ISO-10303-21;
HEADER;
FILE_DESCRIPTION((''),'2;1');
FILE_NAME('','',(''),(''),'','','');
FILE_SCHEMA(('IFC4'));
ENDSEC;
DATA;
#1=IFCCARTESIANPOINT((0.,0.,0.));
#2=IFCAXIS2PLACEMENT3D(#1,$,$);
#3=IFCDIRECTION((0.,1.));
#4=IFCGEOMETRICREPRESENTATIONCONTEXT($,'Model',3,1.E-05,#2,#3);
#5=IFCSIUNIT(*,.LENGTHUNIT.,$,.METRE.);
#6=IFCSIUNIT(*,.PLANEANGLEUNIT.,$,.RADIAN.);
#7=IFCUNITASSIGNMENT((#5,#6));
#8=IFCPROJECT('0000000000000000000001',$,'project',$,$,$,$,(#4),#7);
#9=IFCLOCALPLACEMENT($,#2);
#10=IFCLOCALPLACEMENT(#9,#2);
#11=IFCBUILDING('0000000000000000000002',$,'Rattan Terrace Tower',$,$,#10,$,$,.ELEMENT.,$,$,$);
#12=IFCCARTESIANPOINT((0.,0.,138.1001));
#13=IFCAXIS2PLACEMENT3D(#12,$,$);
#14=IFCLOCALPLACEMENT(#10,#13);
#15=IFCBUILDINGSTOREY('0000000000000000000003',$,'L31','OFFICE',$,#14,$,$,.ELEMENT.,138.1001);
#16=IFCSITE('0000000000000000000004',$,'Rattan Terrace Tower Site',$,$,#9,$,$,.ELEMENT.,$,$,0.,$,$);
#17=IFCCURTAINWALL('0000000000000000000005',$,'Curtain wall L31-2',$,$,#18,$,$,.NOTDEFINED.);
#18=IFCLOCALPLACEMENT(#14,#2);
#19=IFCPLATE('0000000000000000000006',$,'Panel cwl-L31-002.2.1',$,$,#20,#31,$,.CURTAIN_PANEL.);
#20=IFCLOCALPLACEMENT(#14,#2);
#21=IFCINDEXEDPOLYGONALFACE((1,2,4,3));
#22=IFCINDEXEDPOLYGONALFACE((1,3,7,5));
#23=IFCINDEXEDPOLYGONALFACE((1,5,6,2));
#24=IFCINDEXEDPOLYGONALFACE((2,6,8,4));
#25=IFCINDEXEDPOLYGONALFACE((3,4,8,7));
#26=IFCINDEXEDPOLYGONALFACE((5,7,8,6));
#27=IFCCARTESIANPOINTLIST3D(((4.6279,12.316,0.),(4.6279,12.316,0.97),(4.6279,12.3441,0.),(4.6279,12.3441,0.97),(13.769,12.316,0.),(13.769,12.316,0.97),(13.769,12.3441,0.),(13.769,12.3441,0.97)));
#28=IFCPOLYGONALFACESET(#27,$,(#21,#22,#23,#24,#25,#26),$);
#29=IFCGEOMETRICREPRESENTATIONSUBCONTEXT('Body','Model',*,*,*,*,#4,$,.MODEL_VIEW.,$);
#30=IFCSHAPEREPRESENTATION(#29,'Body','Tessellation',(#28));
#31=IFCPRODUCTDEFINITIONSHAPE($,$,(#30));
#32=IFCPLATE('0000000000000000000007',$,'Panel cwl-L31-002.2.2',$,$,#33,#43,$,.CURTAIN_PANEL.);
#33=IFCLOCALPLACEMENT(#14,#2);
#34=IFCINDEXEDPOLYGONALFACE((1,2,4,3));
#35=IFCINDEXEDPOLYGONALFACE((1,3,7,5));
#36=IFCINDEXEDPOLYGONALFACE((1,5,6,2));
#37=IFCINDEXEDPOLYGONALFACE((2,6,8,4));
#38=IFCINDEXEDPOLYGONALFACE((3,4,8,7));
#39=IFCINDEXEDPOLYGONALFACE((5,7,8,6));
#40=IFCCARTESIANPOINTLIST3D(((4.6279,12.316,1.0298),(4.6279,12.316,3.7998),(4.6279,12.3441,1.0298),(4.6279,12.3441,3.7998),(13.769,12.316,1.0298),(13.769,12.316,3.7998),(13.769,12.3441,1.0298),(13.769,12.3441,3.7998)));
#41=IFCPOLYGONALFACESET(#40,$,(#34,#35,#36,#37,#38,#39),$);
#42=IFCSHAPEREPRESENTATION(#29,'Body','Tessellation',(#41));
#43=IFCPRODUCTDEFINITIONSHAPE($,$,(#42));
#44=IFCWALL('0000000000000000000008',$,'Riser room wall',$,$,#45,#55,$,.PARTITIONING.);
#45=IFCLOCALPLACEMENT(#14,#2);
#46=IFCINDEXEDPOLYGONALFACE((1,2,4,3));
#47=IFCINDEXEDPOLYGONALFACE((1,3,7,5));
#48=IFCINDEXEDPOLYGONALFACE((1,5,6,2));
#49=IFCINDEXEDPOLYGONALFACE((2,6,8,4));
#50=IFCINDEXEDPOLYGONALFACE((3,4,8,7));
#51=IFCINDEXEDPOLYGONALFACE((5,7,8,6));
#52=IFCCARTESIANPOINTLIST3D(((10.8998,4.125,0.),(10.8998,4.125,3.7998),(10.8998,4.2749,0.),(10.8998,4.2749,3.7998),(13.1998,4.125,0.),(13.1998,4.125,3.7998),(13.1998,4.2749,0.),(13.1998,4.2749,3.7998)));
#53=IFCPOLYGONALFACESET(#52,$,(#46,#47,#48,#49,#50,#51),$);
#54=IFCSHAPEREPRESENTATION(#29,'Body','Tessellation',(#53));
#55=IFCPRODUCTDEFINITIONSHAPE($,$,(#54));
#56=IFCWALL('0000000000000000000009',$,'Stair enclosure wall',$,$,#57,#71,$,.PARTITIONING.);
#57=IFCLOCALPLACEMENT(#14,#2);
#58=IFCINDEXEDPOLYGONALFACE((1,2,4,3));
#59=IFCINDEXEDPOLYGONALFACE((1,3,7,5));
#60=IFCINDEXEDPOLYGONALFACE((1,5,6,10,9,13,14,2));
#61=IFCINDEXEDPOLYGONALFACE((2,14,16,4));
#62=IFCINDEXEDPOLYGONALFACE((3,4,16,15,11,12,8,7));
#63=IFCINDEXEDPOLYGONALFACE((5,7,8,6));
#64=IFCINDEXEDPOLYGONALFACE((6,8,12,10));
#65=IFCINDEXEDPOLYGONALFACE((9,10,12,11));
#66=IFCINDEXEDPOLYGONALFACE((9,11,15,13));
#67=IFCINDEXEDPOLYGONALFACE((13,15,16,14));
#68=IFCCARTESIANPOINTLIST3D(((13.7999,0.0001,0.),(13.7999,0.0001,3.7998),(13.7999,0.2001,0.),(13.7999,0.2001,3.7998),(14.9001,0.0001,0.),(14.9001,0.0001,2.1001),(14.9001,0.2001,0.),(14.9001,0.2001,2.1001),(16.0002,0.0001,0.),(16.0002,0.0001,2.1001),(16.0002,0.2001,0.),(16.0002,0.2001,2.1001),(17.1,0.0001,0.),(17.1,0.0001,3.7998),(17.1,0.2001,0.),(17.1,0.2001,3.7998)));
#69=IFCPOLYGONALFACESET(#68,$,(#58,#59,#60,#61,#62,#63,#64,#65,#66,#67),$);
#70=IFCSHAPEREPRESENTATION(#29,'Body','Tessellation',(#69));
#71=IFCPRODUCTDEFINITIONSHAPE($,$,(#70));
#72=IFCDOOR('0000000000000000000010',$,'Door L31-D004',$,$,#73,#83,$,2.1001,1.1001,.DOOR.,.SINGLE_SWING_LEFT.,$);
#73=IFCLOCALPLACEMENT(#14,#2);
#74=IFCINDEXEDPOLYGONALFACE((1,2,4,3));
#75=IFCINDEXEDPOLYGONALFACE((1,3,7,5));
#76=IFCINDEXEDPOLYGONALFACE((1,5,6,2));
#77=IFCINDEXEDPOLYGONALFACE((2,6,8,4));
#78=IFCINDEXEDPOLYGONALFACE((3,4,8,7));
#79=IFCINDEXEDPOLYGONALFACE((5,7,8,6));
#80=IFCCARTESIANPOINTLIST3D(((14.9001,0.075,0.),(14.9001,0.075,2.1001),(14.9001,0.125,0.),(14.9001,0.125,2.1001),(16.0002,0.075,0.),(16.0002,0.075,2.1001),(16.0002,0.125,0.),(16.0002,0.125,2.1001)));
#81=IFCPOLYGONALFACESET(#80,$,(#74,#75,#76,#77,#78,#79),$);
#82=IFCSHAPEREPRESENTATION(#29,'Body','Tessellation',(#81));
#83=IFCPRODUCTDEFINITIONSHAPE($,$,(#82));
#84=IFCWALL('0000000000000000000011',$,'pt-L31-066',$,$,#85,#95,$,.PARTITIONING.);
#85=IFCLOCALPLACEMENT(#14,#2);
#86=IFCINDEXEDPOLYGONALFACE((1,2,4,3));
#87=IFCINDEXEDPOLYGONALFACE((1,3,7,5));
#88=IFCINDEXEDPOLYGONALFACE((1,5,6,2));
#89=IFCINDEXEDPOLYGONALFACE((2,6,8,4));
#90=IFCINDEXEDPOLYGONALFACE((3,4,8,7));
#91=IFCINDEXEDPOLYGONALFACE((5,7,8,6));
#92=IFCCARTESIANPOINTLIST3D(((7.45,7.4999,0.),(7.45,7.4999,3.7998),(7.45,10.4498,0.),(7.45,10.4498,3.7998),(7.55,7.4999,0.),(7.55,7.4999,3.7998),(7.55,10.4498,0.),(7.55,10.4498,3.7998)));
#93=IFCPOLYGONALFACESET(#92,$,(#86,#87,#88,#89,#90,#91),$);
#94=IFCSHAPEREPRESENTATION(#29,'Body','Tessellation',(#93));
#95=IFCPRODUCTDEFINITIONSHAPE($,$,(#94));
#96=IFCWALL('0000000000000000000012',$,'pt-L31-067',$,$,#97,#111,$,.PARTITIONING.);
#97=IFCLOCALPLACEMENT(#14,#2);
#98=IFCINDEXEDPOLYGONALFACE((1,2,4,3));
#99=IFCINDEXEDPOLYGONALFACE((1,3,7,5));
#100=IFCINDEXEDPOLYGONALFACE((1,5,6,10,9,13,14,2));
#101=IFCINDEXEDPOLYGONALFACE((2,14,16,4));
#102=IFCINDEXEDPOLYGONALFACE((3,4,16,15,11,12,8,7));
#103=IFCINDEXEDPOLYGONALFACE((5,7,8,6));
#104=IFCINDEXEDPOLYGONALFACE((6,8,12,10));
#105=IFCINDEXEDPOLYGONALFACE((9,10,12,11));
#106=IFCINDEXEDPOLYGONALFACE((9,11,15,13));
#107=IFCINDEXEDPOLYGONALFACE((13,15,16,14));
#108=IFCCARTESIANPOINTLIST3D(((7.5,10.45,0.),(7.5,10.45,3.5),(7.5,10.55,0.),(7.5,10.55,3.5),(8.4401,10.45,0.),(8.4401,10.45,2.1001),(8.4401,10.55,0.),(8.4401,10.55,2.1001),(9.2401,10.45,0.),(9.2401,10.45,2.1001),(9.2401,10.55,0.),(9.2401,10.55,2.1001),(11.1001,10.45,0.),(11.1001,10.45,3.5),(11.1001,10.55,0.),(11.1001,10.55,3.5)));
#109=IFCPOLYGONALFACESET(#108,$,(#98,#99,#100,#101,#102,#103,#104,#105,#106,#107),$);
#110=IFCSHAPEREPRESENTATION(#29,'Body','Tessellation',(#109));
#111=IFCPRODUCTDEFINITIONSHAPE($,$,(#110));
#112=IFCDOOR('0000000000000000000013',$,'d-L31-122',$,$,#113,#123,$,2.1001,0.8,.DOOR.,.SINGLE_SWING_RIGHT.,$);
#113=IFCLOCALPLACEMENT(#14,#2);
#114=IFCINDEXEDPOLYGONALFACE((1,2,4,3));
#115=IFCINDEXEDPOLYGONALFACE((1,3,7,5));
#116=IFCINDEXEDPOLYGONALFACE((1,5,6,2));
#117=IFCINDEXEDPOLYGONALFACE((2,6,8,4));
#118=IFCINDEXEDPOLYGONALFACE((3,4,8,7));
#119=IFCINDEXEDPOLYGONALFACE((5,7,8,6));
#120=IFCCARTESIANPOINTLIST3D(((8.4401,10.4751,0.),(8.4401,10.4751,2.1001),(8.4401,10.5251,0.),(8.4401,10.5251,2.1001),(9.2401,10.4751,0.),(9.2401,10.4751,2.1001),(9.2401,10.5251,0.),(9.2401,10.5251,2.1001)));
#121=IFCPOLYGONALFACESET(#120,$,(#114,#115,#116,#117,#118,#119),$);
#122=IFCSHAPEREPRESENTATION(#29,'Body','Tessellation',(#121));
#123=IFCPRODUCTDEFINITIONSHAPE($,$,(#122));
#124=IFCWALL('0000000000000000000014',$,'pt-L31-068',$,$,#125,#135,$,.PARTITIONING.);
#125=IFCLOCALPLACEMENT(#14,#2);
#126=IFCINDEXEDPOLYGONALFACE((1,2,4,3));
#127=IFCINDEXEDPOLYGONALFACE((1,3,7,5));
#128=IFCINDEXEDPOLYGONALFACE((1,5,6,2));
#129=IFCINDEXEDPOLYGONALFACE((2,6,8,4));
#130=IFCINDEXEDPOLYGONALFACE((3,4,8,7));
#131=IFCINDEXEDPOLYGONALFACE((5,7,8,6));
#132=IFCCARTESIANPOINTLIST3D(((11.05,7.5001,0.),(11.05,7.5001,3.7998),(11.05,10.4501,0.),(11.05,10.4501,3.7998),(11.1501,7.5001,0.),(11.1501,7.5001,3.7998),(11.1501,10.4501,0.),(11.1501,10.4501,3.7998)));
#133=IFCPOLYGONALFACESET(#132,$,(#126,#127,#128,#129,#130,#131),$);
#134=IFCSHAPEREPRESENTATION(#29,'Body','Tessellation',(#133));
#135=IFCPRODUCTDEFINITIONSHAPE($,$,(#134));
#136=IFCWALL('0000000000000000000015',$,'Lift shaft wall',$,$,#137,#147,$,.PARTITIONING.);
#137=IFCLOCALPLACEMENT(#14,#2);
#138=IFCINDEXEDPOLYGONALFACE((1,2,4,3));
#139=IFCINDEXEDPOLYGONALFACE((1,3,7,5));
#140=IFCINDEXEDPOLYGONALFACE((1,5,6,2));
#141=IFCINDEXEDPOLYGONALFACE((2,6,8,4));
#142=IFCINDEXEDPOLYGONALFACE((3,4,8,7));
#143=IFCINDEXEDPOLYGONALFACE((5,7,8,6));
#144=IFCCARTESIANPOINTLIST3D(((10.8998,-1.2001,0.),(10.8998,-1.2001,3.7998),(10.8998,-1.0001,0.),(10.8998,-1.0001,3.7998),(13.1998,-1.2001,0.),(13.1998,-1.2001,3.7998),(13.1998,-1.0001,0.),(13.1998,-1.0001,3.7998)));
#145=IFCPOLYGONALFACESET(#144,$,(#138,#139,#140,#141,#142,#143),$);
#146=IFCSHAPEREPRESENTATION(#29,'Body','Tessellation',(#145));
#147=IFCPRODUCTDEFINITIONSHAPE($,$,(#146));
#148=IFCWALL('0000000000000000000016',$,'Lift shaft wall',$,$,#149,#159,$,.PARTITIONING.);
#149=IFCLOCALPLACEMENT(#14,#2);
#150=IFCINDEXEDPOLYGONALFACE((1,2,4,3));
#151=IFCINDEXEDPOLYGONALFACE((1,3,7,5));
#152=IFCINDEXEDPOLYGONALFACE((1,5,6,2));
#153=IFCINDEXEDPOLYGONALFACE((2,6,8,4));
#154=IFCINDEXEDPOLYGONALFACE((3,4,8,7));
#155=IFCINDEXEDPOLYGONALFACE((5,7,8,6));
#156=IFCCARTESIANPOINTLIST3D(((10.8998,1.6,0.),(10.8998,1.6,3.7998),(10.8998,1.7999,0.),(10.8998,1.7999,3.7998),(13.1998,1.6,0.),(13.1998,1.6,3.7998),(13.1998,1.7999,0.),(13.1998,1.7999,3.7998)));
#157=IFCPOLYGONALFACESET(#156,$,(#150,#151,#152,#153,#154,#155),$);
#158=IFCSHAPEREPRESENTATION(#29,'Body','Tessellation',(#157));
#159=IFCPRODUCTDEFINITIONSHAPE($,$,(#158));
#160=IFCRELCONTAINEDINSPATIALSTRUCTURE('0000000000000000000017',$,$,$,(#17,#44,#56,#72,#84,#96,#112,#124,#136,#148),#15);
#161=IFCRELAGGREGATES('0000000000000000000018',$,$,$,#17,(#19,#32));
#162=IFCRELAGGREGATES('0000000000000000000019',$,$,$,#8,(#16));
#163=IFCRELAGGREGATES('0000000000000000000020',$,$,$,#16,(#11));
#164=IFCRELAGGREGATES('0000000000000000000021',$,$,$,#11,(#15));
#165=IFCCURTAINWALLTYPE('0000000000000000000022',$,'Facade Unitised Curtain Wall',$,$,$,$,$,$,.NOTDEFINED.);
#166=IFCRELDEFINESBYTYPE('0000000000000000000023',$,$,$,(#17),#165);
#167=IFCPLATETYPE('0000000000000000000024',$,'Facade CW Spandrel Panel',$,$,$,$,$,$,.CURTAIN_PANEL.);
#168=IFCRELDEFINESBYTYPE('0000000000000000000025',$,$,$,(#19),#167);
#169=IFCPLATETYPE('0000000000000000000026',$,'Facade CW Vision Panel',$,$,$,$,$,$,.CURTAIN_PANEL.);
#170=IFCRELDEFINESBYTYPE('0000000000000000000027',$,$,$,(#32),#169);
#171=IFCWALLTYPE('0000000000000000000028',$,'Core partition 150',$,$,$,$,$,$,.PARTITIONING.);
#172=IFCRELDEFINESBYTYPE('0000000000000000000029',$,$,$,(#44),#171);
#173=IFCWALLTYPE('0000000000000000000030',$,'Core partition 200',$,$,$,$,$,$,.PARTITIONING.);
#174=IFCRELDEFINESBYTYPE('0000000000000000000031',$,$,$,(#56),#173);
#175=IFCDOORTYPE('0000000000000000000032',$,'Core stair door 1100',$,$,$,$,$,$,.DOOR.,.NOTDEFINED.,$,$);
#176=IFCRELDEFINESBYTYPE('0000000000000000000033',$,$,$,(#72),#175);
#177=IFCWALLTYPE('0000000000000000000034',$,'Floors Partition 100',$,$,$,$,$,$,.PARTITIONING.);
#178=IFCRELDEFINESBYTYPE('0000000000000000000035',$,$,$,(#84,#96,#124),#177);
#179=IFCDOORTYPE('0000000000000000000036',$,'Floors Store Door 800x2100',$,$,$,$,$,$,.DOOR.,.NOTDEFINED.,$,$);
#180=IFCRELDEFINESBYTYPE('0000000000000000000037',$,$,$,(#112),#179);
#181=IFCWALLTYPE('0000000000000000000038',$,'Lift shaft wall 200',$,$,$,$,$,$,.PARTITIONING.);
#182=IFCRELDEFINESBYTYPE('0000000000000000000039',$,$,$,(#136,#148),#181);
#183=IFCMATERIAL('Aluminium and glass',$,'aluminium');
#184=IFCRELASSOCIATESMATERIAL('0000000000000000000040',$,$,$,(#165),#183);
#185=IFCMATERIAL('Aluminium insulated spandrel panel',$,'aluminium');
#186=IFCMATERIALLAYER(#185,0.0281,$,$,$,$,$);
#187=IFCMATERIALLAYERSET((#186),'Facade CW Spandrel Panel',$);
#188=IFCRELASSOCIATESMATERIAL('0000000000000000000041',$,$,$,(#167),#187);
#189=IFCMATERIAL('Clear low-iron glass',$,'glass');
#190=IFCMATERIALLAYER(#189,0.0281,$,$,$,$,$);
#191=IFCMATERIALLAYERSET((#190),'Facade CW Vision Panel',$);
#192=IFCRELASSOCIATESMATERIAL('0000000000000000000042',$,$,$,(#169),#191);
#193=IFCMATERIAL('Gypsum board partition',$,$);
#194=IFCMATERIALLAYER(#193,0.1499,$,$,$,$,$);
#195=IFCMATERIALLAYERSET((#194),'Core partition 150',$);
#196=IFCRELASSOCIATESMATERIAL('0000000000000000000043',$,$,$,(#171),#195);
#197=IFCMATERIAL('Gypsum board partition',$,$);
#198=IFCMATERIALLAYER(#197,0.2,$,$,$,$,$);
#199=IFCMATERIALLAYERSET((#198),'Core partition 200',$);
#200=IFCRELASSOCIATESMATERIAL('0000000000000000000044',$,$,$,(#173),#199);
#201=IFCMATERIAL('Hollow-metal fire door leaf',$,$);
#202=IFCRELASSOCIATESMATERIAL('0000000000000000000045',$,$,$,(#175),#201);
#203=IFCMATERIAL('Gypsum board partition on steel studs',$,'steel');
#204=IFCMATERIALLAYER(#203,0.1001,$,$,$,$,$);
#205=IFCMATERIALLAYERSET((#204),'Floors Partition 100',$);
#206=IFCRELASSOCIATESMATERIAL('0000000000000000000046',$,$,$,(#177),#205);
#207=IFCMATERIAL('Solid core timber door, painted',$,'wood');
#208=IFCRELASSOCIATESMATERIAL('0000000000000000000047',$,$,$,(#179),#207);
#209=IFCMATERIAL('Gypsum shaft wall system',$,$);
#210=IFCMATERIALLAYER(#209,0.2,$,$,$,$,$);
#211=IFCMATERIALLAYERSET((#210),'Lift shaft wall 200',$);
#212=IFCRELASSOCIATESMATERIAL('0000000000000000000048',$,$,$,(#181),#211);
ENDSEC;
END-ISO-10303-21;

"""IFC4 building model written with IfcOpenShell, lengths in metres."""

from ifc_helpers import new_model, si_unit, direction, frame, frame_2d, origin, origin_2d, place, context, subcontext, project, spatial, rectangle, extrude, material, layer, layer_set, type_object, element, fill, aggregate, save


model = new_model("IFC4")

# Units and contexts
model_context = context("Model", 3, precision=1e-05, world=origin(), true_north=direction((0.0, 1.0)))
body_context = subcontext(model_context, "Body", "Model", "MODEL_VIEW")
ifc_project = project(units=[si_unit("LENGTHUNIT", "METRE"), si_unit("PLANEANGLEUNIT", "RADIAN")], contexts=[model_context])

# Site, building, storey
site_placement = place(None, origin())
site = spatial("IfcSite", under=ifc_project, at=site_placement, Name="Rattan Terrace Tower Site", CompositionType="ELEMENT", RefElevation=0.0)
building_placement = place(site_placement, origin())
building = spatial("IfcBuilding", under=site, at=building_placement, Name="Rattan Terrace Tower", CompositionType="ELEMENT")
storey_placement = place(building_placement, frame((0.0, 0.0, 138.1001)))
storey = spatial("IfcBuildingStorey", under=building, at=storey_placement, Name="L31", Description="OFFICE", CompositionType="ELEMENT", Elevation=138.1001)

# Curtain wall
ifc_material_1 = material(Name="Aluminium and glass", Category="aluminium")
curtain_wall_type = type_object("IfcCurtainWallType", Name="Facade Unitised Curtain Wall", PredefinedType="NOTDEFINED", material=ifc_material_1)
curtain_wall_placement = place(storey_placement, origin())
curtain_wall = element("IfcCurtainWall", 1, at=curtain_wall_placement, inside=storey, type_object=curtain_wall_type, Name="Curtain wall L31-2", PredefinedType="NOTDEFINED")

# Plates
ifc_material_2 = material(Name="Aluminium insulated spandrel panel", Category="aluminium")
ifc_layer_1 = layer(ifc_material_2, 0.0281)
ifc_layer_set_1 = layer_set([ifc_layer_1], Name="Facade CW Spandrel Panel")
plate_type_1 = type_object("IfcPlateType", Name="Facade CW Spandrel Panel", PredefinedType="CURTAIN_PANEL", material=ifc_layer_set_1)
plate_1_placement = place(storey_placement, frame((9.1985, 12.3301, 0.0), z_axis=(0.0, 0.0, 1.0), x_axis=(-1.0, 0.0, 0.0)))
plate_1 = element("IfcPlate", 2, at=plate_1_placement, type_object=plate_type_1, Name="Panel cwl-L31-002.2.1", PredefinedType="CURTAIN_PANEL", context=body_context, shape_type="SweptSolid", body=[
    extrude(rectangle(XDim=9.1411, YDim=0.0281, at=origin_2d()), origin(), (0.0, 0.0, 1.0), 0.97),
])
ifc_material_3 = material(Name="Clear low-iron glass", Category="glass")
ifc_layer_2 = layer(ifc_material_3, 0.0281)
ifc_layer_set_2 = layer_set([ifc_layer_2], Name="Facade CW Vision Panel")
plate_type_2 = type_object("IfcPlateType", Name="Facade CW Vision Panel", PredefinedType="CURTAIN_PANEL", material=ifc_layer_set_2)
plate_2_placement = place(storey_placement, frame((9.1985, 12.3301, 1.0298), z_axis=(0.0, 0.0, 1.0), x_axis=(-1.0, 0.0, 0.0)))
plate_2 = element("IfcPlate", 3, at=plate_2_placement, type_object=plate_type_2, Name="Panel cwl-L31-002.2.2", PredefinedType="CURTAIN_PANEL", context=body_context, shape_type="SweptSolid", body=[
    extrude(rectangle(XDim=9.1411, YDim=0.0281, at=origin_2d()), origin(), (0.0, 0.0, 1.0), 2.77),
])
aggregate(curtain_wall, [plate_1, plate_2])

# Wall
ifc_material_4 = material(Name="Gypsum board partition")
ifc_layer_3 = layer(ifc_material_4, 0.1499)
ifc_layer_set_3 = layer_set([ifc_layer_3], Name="Core partition 150")
wall_type_1 = type_object("IfcWallType", Name="Core partition 150", PredefinedType="PARTITIONING", material=ifc_layer_set_3)
wall_1_placement = place(storey_placement, frame((10.8999, 4.2, 0.0), z_axis=(0.0, 0.0, 1.0), x_axis=(1.0, 0.0, 0.0)))
element("IfcWall", 4, at=wall_1_placement, inside=storey, type_object=wall_type_1, Name="Riser room wall", PredefinedType="PARTITIONING", context=body_context, shape_type="SweptSolid", body=[
    extrude(rectangle(XDim=2.3, YDim=0.1499, at=frame_2d((1.1499, 0.0))), origin(), (0.0, 0.0, 1.0), 3.7998),
])

# Wall, opening, door
ifc_material_5 = material(Name="Gypsum board partition")
ifc_layer_4 = layer(ifc_material_5, 0.2)
ifc_layer_set_4 = layer_set([ifc_layer_4], Name="Core partition 200")
wall_type_2 = type_object("IfcWallType", Name="Core partition 200", PredefinedType="PARTITIONING", material=ifc_layer_set_4)
wall_2_placement = place(storey_placement, frame((13.8, 0.1001, 0.0), z_axis=(0.0, 0.0, 1.0), x_axis=(1.0, 0.0, 0.0)))
wall_2 = element("IfcWall", 5, at=wall_2_placement, inside=storey, type_object=wall_type_2, Name="Stair enclosure wall", PredefinedType="PARTITIONING", context=body_context, shape_type="SweptSolid", body=[
    extrude(rectangle(XDim=3.3, YDim=0.2, at=frame_2d((1.6499, 0.0))), origin(), (0.0, 0.0, 1.0), 3.7998),
])
opening_1_placement = place(wall_2_placement, frame((1.1001, 0.0, 0.0)))
opening_1 = element("IfcOpeningElement", 6, at=opening_1_placement, cuts=wall_2, PredefinedType="OPENING", context=body_context, shape_type="SweptSolid", body=[
    extrude(rectangle(XDim=1.1001, YDim=2.1001, at=frame_2d((0.55, 1.05))), frame((0.0, 0.1106, 0.0), z_axis=(0.0, -1.0, 0.0), x_axis=(1.0, 0.0, 0.0)), (0.0, 0.0, 1.0), 0.2209),
])
ifc_material_6 = material(Name="Hollow-metal fire door leaf")
door_type_1 = type_object("IfcDoorType", Name="Core stair door 1100", OperationType="NOTDEFINED", PredefinedType="DOOR", material=ifc_material_6)
door_1_placement = place(opening_1_placement, origin())
door_1 = element("IfcDoor", 7, at=door_1_placement, inside=storey, type_object=door_type_1, Name="Door L31-D004", OperationType="SINGLE_SWING_LEFT", OverallHeight=2.1001, OverallWidth=1.1001, PredefinedType="DOOR", context=body_context, shape_type="SweptSolid", body=[
    extrude(rectangle(XDim=1.1001, YDim=2.1001, at=frame_2d((0.55, 1.05))), frame((0.0, 0.0249, 0.0), z_axis=(0.0, -1.0, 0.0), x_axis=(1.0, 0.0, 0.0)), (0.0, 0.0, 1.0), 0.05),
])
fill(opening_1, door_1)

# Wall
ifc_material_7 = material(Name="Gypsum board partition on steel studs", Category="steel")
ifc_layer_5 = layer(ifc_material_7, 0.1001)
ifc_layer_set_5 = layer_set([ifc_layer_5], Name="Floors Partition 100")
wall_type_3 = type_object("IfcWallType", Name="Floors Partition 100", PredefinedType="PARTITIONING", material=ifc_layer_set_5)
wall_3_placement = place(storey_placement, frame((7.5, 10.45, 0.0), z_axis=(0.0, 0.0, 1.0), x_axis=(0.0, -1.0, 0.0)))
element("IfcWall", 8, at=wall_3_placement, inside=storey, type_object=wall_type_3, Name="pt-L31-066", PredefinedType="PARTITIONING", context=body_context, shape_type="SweptSolid", body=[
    extrude(rectangle(XDim=2.95, YDim=0.1001, at=frame_2d((1.4751, 0.0))), origin(), (0.0, 0.0, 1.0), 3.7998),
])

# Wall, opening, door
wall_4_placement = place(storey_placement, frame((11.1001, 10.5, 0.0), z_axis=(0.0, 0.0, 1.0), x_axis=(-1.0, 0.0, 0.0)))
wall_4 = element("IfcWall", 9, at=wall_4_placement, inside=storey, type_object=wall_type_3, Name="pt-L31-067", PredefinedType="PARTITIONING", context=body_context, shape_type="SweptSolid", body=[
    extrude(rectangle(XDim=3.6001, YDim=0.1001, at=frame_2d((1.8, 0.0))), origin(), (0.0, 0.0, 1.0), 3.5),
])
opening_2_placement = place(wall_4_placement, frame((1.8601, 0.0, 0.0)))
opening_2 = element("IfcOpeningElement", 10, at=opening_2_placement, cuts=wall_4, PredefinedType="OPENING", context=body_context, shape_type="SweptSolid", body=[
    extrude(rectangle(XDim=0.8, YDim=2.1001, at=frame_2d((0.3999, 1.05))), frame((0.0, 0.0605, 0.0), z_axis=(0.0, -1.0, 0.0), x_axis=(1.0, 0.0, 0.0)), (0.0, 0.0, 1.0), 0.1211),
])
ifc_material_8 = material(Name="Solid core timber door, painted", Category="wood")
door_type_2 = type_object("IfcDoorType", Name="Floors Store Door 800x2100", OperationType="NOTDEFINED", PredefinedType="DOOR", material=ifc_material_8)
door_2_placement = place(opening_2_placement, origin())
door_2 = element("IfcDoor", 11, at=door_2_placement, inside=storey, type_object=door_type_2, Name="d-L31-122", OperationType="SINGLE_SWING_RIGHT", OverallHeight=2.1001, OverallWidth=0.8, PredefinedType="DOOR", context=body_context, shape_type="SweptSolid", body=[
    extrude(rectangle(XDim=0.8, YDim=2.1001, at=frame_2d((0.3999, 1.05))), frame((0.0, 0.0249, 0.0), z_axis=(0.0, -1.0, 0.0), x_axis=(1.0, 0.0, 0.0)), (0.0, 0.0, 1.0), 0.05),
])
fill(opening_2, door_2)

# Walls
wall_5_placement = place(storey_placement, frame((11.1001, 7.5, 0.0), z_axis=(0.0, 0.0, 1.0), x_axis=(0.0, 1.0, 0.0)))
element("IfcWall", 12, at=wall_5_placement, inside=storey, type_object=wall_type_3, Name="pt-L31-068", PredefinedType="PARTITIONING", context=body_context, shape_type="SweptSolid", body=[
    extrude(rectangle(XDim=2.95, YDim=0.1001, at=frame_2d((1.4751, 0.0))), origin(), (0.0, 0.0, 1.0), 3.7998),
])
ifc_material_9 = material(Name="Gypsum shaft wall system")
ifc_layer_6 = layer(ifc_material_9, 0.2)
ifc_layer_set_6 = layer_set([ifc_layer_6], Name="Lift shaft wall 200")
wall_type_4 = type_object("IfcWallType", Name="Lift shaft wall 200", PredefinedType="PARTITIONING", material=ifc_layer_set_6)
for number, where, z_axis, x_axis, name in (
    (13, (10.8999, -1.1001, 0.0), (0.0, 0.0, 1.0), (1.0, 0.0, 0.0), "Lift shaft wall"),
    (14, (10.8999, 1.7, 0.0), (0.0, 0.0, 1.0), (1.0, 0.0, 0.0), "Lift shaft wall"),
):
    element("IfcWall", number, at=place(storey_placement, frame(where, z_axis=z_axis, x_axis=x_axis)), inside=storey, type_object=wall_type_4, Name=name, PredefinedType="PARTITIONING", context=body_context, shape_type="SweptSolid", body=[
        extrude(rectangle(XDim=2.3, YDim=0.2, at=frame_2d((1.1499, 0.0))), origin(), (0.0, 0.0, 1.0), 3.7998),
    ])

save(model, "model.ifc")
